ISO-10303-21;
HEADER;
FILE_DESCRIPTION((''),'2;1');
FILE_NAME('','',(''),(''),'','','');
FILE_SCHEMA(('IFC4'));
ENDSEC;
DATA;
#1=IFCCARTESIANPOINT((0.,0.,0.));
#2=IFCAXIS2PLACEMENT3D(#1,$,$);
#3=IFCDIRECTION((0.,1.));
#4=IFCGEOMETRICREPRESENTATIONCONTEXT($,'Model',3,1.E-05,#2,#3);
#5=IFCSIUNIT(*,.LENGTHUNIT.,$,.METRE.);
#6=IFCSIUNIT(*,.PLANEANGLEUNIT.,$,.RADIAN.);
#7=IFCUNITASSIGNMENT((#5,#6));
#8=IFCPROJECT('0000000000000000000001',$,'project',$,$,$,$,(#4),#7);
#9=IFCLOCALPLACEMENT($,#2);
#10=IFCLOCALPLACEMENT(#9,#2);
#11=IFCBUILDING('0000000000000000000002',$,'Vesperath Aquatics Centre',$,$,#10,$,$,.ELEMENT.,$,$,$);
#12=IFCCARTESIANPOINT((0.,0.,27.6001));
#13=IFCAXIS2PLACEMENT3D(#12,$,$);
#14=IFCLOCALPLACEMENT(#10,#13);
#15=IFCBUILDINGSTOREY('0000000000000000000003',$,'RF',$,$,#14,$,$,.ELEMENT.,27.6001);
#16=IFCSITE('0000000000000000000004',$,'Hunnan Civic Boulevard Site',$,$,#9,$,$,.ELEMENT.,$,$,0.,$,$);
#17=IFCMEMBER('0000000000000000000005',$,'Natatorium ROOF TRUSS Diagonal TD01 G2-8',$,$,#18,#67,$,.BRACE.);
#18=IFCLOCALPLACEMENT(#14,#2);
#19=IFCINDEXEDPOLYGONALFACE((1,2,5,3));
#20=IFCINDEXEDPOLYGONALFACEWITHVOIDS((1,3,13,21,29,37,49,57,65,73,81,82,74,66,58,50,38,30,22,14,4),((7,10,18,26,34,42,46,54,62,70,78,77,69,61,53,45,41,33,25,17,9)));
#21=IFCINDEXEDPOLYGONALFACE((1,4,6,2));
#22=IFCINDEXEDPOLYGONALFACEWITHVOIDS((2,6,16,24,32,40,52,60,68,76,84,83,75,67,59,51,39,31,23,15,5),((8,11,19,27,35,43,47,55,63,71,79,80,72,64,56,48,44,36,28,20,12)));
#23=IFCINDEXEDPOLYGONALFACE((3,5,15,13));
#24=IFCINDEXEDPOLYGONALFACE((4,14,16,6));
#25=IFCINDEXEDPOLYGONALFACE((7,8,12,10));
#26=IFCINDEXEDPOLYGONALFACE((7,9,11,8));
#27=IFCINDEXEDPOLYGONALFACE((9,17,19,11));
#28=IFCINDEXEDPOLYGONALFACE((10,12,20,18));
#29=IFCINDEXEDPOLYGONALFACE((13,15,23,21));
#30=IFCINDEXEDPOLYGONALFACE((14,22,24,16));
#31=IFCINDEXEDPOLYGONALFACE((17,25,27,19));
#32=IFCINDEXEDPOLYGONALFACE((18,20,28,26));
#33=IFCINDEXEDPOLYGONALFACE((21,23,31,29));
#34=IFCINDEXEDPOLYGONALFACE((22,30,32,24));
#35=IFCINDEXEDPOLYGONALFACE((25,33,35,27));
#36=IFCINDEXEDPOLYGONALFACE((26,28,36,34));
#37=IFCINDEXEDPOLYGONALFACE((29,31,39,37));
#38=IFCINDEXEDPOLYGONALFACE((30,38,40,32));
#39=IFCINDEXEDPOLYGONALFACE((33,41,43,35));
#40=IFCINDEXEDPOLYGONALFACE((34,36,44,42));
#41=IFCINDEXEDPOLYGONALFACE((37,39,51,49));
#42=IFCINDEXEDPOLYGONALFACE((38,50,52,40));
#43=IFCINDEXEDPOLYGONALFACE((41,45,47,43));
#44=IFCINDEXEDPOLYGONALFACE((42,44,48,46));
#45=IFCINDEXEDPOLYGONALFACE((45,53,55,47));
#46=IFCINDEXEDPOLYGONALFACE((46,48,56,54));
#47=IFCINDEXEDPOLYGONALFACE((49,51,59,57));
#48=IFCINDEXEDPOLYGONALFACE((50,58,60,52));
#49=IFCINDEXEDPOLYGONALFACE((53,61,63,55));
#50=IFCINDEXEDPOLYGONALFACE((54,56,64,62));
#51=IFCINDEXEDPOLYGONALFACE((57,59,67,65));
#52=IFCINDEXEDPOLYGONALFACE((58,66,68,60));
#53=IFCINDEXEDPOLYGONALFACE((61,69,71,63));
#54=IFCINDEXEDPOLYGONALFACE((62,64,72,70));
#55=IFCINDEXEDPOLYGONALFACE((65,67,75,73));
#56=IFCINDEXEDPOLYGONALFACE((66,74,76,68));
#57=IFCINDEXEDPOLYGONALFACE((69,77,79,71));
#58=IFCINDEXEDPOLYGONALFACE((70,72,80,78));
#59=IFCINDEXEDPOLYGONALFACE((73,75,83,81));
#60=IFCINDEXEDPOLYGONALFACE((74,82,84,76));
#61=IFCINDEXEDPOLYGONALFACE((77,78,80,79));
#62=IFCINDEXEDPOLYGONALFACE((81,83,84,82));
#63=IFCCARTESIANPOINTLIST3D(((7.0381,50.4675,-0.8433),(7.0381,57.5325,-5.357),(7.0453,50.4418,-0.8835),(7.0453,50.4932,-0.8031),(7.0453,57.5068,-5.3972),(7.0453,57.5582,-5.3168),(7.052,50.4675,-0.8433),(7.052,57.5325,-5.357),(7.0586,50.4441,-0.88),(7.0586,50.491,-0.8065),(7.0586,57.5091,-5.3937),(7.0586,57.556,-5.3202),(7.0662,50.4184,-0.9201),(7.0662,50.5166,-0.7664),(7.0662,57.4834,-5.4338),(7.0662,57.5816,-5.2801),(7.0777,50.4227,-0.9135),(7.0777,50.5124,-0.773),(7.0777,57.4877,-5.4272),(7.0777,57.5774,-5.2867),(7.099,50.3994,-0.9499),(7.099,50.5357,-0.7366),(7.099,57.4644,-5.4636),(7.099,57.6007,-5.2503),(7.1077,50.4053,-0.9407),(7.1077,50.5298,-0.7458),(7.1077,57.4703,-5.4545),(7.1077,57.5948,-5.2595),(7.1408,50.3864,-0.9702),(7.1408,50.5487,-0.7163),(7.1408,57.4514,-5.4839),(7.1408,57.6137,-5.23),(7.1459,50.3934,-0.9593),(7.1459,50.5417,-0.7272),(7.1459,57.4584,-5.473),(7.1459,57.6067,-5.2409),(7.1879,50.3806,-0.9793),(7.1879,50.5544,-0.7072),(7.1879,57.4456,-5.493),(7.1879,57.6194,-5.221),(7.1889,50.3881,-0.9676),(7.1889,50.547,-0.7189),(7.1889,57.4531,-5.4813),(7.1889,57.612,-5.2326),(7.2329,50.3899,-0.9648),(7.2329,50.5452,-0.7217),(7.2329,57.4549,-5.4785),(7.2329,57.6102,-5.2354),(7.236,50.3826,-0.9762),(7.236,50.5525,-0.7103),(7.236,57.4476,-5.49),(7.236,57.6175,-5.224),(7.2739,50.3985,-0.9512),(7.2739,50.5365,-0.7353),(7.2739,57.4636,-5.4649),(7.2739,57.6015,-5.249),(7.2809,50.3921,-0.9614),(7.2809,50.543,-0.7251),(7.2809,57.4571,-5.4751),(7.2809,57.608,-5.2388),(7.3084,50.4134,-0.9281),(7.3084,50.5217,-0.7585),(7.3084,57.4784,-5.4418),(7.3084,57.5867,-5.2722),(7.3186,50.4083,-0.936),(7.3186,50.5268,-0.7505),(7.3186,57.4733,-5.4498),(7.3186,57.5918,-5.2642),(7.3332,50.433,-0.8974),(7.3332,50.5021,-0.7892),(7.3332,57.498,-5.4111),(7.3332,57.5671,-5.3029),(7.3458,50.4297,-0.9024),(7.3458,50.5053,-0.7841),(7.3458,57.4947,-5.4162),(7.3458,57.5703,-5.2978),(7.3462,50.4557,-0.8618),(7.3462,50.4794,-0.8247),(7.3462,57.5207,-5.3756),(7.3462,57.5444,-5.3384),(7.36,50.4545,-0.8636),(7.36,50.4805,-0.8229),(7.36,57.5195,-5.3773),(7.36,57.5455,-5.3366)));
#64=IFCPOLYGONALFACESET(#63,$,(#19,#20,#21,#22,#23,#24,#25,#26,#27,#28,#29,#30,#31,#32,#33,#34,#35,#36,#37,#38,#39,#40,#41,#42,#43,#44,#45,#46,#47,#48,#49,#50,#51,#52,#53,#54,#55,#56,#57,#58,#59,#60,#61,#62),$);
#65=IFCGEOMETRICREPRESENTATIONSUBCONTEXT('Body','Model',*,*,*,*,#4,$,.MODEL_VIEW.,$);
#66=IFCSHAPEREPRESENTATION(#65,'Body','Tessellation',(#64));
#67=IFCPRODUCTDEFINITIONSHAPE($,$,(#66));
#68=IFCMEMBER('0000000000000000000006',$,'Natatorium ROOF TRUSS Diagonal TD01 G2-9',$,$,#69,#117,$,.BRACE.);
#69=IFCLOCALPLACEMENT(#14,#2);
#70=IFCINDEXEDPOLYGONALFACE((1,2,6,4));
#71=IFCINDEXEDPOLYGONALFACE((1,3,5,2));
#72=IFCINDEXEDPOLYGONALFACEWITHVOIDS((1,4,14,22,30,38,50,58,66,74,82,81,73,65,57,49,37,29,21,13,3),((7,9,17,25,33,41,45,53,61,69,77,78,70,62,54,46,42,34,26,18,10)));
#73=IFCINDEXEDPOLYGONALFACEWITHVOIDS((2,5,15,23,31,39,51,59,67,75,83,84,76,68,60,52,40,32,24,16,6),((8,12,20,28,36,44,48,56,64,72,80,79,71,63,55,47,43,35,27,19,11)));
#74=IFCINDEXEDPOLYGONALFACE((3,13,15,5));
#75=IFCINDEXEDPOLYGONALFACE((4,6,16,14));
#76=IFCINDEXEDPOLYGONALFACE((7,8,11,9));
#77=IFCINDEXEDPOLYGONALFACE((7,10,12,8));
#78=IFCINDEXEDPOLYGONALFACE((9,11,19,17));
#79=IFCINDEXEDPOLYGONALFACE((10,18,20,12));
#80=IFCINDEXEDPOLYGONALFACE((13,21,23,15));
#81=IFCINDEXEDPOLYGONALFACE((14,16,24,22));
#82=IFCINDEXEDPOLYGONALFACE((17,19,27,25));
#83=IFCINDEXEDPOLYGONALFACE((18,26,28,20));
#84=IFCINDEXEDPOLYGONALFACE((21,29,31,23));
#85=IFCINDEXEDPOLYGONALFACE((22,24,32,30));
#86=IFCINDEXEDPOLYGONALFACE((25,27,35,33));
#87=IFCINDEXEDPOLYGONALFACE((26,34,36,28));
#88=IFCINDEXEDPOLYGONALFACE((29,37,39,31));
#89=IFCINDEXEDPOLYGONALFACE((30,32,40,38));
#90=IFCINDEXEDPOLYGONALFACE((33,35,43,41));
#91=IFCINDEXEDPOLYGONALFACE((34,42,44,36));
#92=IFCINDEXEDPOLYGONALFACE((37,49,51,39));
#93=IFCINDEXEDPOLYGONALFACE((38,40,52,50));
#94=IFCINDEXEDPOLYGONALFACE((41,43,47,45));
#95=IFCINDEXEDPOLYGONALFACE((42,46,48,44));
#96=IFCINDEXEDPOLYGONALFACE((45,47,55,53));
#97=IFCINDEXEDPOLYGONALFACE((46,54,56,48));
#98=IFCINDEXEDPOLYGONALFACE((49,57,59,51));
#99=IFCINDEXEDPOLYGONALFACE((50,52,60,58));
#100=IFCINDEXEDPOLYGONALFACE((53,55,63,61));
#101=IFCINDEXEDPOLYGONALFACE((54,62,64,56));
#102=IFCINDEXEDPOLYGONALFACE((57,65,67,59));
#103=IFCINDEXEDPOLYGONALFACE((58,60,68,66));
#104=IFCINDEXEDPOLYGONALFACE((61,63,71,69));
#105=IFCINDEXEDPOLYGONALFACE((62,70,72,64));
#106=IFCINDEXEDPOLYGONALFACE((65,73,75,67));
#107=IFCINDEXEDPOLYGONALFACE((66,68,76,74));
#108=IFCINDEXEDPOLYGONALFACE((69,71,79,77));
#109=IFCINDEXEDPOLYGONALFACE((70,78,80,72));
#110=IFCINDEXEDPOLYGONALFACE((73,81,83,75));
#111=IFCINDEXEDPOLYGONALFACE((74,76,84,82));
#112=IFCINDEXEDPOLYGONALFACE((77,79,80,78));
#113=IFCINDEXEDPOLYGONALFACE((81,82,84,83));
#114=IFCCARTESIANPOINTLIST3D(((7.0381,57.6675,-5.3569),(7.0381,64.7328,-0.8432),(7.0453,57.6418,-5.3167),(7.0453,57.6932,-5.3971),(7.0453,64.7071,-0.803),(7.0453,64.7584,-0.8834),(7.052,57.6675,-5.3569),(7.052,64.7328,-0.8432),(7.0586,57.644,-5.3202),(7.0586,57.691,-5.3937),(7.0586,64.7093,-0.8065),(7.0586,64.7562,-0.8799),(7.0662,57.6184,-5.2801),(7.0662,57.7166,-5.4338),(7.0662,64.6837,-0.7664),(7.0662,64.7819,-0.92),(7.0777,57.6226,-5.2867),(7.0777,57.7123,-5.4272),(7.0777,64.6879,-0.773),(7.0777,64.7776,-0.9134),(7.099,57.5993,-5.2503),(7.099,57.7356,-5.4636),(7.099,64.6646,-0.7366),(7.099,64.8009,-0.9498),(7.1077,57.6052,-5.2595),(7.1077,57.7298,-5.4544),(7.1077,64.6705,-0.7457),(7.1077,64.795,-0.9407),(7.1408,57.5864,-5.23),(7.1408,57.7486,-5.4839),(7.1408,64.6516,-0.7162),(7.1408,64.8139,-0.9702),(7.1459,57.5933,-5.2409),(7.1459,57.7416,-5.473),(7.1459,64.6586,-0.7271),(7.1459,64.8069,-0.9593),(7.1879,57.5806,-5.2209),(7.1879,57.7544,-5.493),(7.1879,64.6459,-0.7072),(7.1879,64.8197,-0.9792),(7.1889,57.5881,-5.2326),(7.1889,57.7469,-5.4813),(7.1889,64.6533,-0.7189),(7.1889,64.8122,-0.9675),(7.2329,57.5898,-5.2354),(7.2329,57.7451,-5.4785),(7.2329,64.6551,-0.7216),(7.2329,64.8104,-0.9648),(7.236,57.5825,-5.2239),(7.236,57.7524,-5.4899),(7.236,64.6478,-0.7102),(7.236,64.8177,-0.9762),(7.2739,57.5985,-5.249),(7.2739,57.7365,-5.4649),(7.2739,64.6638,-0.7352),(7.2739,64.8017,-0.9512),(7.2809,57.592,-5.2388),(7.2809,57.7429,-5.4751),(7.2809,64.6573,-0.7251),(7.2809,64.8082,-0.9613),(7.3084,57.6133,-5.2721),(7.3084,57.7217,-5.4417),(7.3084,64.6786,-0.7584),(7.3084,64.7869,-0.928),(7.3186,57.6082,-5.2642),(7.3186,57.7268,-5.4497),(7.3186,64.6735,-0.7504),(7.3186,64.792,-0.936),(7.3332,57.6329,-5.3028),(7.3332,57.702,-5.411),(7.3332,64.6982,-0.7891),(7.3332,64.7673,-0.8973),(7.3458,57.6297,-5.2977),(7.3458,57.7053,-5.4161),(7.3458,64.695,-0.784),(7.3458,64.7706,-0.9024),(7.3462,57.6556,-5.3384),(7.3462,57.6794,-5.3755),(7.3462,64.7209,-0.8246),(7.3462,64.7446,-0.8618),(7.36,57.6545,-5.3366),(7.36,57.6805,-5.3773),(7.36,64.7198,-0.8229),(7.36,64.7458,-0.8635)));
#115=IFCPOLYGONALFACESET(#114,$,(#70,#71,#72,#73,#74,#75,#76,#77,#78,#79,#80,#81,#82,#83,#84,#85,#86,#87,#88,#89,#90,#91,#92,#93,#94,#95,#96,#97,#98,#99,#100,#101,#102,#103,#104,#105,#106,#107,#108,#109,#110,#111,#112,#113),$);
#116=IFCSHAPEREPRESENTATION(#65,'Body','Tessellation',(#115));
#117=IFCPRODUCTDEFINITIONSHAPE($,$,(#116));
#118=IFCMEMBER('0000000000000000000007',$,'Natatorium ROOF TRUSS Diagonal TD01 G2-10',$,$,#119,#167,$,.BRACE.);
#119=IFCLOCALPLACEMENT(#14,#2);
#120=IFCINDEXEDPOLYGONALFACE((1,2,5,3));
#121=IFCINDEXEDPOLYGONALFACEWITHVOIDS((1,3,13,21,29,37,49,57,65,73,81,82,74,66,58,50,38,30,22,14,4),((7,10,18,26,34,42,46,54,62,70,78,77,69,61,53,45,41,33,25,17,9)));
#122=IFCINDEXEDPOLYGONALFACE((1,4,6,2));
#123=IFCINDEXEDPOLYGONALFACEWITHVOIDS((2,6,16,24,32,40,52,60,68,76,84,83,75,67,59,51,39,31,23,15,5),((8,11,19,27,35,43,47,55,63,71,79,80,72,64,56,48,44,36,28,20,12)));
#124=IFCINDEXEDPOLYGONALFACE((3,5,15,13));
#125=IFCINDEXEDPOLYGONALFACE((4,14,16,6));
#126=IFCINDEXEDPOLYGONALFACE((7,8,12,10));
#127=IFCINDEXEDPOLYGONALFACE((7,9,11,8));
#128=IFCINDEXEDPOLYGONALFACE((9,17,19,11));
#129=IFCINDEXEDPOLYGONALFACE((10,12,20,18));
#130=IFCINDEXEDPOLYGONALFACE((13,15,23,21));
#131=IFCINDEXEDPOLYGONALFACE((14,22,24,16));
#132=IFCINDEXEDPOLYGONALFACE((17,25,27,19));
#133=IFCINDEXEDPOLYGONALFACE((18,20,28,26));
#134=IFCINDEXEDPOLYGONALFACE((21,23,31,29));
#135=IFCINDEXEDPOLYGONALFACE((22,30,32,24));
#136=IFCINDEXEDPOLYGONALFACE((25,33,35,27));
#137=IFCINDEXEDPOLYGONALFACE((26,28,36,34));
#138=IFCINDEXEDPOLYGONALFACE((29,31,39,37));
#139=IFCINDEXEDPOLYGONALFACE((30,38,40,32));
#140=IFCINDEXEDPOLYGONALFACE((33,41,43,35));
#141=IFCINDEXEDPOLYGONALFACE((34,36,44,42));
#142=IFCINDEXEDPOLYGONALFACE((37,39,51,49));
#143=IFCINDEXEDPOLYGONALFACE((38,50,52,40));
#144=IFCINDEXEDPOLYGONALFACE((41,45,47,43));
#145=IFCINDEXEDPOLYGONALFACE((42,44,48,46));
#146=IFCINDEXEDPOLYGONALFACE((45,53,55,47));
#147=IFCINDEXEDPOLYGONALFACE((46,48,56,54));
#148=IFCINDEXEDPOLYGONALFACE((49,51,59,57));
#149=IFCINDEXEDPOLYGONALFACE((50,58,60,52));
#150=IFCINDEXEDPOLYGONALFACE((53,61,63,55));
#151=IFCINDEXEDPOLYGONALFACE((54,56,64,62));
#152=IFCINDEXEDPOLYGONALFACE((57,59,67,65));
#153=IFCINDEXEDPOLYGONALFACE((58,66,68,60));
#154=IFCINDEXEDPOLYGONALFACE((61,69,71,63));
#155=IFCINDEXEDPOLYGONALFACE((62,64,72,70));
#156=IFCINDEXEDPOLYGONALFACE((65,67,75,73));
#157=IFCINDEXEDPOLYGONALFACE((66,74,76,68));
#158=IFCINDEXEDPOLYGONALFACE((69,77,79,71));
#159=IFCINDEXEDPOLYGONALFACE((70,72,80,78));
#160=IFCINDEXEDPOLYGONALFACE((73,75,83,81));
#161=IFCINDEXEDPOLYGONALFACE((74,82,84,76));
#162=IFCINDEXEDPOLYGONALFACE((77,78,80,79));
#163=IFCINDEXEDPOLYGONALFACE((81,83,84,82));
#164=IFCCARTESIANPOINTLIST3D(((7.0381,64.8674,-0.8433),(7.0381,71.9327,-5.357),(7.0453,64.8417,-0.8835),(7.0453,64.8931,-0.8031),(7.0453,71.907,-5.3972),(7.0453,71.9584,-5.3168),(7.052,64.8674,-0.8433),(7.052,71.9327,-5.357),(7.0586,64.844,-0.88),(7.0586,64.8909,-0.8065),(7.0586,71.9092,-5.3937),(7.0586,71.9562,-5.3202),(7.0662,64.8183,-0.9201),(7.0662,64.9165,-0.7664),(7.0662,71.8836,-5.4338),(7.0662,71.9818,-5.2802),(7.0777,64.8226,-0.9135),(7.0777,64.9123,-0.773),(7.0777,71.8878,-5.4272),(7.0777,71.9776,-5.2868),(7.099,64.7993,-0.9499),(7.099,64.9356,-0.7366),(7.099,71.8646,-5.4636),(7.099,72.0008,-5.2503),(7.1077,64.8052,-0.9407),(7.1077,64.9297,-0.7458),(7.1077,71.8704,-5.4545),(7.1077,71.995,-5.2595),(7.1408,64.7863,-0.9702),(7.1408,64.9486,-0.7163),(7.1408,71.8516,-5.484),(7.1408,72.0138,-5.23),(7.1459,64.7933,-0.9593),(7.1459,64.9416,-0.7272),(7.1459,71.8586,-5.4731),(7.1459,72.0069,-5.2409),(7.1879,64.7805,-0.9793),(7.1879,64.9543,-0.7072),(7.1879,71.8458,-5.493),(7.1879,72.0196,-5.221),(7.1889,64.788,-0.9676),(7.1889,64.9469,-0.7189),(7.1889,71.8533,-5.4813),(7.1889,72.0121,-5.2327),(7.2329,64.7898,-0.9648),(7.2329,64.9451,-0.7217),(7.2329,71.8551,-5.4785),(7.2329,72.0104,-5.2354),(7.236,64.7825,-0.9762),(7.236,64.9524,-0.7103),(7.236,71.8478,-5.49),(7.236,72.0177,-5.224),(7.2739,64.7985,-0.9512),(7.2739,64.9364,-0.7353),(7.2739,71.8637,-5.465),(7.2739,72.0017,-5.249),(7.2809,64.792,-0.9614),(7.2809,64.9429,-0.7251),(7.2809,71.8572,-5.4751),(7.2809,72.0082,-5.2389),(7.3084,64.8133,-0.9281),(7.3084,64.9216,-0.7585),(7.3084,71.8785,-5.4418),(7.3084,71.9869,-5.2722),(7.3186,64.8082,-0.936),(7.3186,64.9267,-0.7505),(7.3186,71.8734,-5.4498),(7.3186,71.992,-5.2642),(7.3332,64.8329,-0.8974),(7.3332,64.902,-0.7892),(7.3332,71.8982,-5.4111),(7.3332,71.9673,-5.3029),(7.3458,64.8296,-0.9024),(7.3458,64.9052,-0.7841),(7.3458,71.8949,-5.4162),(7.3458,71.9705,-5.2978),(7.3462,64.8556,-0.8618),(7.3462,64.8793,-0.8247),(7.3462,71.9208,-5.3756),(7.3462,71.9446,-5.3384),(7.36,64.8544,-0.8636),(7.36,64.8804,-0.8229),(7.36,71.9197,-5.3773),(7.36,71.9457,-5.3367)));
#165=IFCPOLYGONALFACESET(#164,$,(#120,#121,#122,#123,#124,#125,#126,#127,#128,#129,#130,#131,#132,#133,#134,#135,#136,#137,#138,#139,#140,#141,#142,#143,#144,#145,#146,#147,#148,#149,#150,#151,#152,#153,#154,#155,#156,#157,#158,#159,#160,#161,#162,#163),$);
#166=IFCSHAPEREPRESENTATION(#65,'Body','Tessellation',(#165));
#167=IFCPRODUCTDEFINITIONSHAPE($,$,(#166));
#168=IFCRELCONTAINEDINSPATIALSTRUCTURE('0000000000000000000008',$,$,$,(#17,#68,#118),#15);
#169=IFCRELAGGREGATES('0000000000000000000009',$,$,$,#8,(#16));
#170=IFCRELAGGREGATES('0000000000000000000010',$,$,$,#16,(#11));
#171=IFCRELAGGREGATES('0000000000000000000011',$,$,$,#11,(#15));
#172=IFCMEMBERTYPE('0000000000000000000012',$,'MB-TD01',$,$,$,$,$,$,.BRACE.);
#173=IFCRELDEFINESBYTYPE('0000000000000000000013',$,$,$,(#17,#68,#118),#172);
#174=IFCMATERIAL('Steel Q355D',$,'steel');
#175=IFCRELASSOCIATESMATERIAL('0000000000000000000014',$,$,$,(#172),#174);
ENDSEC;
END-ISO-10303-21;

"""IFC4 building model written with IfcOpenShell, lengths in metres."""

from ifc_helpers import new_model, si_unit, direction, frame, origin, origin_2d, place, context, subcontext, project, spatial, hollow_circle, extrude, material, material_profile, profile_set, type_object, element, save


model = new_model("IFC4")

# Units and contexts
model_context = context("Model", 3, precision=1e-05, world=origin(), true_north=direction((0.0, 1.0)))
body_context = subcontext(model_context, "Body", "Model", "MODEL_VIEW")
ifc_project = project(units=[si_unit("LENGTHUNIT", "METRE"), si_unit("PLANEANGLEUNIT", "RADIAN")], contexts=[model_context])

# Site, building, storey
site_placement = place(None, origin())
site = spatial("IfcSite", under=ifc_project, at=site_placement, Name="Hunnan Civic Boulevard Site", CompositionType="ELEMENT", RefElevation=0.0)
building_placement = place(site_placement, origin())
building = spatial("IfcBuilding", under=site, at=building_placement, Name="Vesperath Aquatics Centre", CompositionType="ELEMENT")
storey_placement = place(building_placement, frame((0.0, 0.0, 27.6001)))
storey = spatial("IfcBuildingStorey", under=building, at=storey_placement, Name="RF", CompositionType="ELEMENT", Elevation=27.6001)

# Members
ifc_material_1 = material(Name="Steel Q355D", Category="steel")
ifc_material_profile_1 = material_profile(ifc_material_1, hollow_circle(Radius=0.1619, WallThickness=0.0139, at=origin_2d()), Name="CHS 323.9x14")
ifc_profile_set_1 = profile_set([ifc_material_profile_1], Name="Steel Q355D")
member_type_1 = type_object("IfcMemberType", Name="MB-TD01", PredefinedType="BRACE", material=ifc_profile_set_1)
member_1_placement = place(storey_placement, frame((7.2, 50.4675, -0.8433), z_axis=(0.0, 0.842698, -0.538386), x_axis=(-1.0, 0.0, 0.0)))
element("IfcMember", 1, at=member_1_placement, inside=storey, type_object=member_type_1, Name="Natatorium ROOF TRUSS Diagonal TD01 G2-8", PredefinedType="BRACE", context=body_context, shape_type="SweptSolid", body=[
    extrude(hollow_circle(Radius=0.1619, WallThickness=0.0139, at=origin_2d()), origin(), (0.0, 0.0, 1.0), 8.3838),
])
for number, where, z_axis, x_axis, name in (
    (2, (7.2, 57.6675, -5.3569), (0.0, 0.842707, 0.538373), (-1.0, 0.0, 0.0), "Natatorium ROOF TRUSS Diagonal TD01 G2-9"),
    (3, (7.2, 64.8674, -0.8433), (0.0, 0.842707, -0.538373), (-1.0, 0.0, 0.0), "Natatorium ROOF TRUSS Diagonal TD01 G2-10"),
):
    element("IfcMember", number, at=place(storey_placement, frame(where, z_axis=z_axis, x_axis=x_axis)), inside=storey, type_object=member_type_1, Name=name, PredefinedType="BRACE", context=body_context, shape_type="SweptSolid", body=[
        extrude(hollow_circle(Radius=0.1619, WallThickness=0.0139, at=origin_2d()), origin(), (0.0, 0.0, 1.0), 8.384),
    ])

save(model, "model.ifc")
